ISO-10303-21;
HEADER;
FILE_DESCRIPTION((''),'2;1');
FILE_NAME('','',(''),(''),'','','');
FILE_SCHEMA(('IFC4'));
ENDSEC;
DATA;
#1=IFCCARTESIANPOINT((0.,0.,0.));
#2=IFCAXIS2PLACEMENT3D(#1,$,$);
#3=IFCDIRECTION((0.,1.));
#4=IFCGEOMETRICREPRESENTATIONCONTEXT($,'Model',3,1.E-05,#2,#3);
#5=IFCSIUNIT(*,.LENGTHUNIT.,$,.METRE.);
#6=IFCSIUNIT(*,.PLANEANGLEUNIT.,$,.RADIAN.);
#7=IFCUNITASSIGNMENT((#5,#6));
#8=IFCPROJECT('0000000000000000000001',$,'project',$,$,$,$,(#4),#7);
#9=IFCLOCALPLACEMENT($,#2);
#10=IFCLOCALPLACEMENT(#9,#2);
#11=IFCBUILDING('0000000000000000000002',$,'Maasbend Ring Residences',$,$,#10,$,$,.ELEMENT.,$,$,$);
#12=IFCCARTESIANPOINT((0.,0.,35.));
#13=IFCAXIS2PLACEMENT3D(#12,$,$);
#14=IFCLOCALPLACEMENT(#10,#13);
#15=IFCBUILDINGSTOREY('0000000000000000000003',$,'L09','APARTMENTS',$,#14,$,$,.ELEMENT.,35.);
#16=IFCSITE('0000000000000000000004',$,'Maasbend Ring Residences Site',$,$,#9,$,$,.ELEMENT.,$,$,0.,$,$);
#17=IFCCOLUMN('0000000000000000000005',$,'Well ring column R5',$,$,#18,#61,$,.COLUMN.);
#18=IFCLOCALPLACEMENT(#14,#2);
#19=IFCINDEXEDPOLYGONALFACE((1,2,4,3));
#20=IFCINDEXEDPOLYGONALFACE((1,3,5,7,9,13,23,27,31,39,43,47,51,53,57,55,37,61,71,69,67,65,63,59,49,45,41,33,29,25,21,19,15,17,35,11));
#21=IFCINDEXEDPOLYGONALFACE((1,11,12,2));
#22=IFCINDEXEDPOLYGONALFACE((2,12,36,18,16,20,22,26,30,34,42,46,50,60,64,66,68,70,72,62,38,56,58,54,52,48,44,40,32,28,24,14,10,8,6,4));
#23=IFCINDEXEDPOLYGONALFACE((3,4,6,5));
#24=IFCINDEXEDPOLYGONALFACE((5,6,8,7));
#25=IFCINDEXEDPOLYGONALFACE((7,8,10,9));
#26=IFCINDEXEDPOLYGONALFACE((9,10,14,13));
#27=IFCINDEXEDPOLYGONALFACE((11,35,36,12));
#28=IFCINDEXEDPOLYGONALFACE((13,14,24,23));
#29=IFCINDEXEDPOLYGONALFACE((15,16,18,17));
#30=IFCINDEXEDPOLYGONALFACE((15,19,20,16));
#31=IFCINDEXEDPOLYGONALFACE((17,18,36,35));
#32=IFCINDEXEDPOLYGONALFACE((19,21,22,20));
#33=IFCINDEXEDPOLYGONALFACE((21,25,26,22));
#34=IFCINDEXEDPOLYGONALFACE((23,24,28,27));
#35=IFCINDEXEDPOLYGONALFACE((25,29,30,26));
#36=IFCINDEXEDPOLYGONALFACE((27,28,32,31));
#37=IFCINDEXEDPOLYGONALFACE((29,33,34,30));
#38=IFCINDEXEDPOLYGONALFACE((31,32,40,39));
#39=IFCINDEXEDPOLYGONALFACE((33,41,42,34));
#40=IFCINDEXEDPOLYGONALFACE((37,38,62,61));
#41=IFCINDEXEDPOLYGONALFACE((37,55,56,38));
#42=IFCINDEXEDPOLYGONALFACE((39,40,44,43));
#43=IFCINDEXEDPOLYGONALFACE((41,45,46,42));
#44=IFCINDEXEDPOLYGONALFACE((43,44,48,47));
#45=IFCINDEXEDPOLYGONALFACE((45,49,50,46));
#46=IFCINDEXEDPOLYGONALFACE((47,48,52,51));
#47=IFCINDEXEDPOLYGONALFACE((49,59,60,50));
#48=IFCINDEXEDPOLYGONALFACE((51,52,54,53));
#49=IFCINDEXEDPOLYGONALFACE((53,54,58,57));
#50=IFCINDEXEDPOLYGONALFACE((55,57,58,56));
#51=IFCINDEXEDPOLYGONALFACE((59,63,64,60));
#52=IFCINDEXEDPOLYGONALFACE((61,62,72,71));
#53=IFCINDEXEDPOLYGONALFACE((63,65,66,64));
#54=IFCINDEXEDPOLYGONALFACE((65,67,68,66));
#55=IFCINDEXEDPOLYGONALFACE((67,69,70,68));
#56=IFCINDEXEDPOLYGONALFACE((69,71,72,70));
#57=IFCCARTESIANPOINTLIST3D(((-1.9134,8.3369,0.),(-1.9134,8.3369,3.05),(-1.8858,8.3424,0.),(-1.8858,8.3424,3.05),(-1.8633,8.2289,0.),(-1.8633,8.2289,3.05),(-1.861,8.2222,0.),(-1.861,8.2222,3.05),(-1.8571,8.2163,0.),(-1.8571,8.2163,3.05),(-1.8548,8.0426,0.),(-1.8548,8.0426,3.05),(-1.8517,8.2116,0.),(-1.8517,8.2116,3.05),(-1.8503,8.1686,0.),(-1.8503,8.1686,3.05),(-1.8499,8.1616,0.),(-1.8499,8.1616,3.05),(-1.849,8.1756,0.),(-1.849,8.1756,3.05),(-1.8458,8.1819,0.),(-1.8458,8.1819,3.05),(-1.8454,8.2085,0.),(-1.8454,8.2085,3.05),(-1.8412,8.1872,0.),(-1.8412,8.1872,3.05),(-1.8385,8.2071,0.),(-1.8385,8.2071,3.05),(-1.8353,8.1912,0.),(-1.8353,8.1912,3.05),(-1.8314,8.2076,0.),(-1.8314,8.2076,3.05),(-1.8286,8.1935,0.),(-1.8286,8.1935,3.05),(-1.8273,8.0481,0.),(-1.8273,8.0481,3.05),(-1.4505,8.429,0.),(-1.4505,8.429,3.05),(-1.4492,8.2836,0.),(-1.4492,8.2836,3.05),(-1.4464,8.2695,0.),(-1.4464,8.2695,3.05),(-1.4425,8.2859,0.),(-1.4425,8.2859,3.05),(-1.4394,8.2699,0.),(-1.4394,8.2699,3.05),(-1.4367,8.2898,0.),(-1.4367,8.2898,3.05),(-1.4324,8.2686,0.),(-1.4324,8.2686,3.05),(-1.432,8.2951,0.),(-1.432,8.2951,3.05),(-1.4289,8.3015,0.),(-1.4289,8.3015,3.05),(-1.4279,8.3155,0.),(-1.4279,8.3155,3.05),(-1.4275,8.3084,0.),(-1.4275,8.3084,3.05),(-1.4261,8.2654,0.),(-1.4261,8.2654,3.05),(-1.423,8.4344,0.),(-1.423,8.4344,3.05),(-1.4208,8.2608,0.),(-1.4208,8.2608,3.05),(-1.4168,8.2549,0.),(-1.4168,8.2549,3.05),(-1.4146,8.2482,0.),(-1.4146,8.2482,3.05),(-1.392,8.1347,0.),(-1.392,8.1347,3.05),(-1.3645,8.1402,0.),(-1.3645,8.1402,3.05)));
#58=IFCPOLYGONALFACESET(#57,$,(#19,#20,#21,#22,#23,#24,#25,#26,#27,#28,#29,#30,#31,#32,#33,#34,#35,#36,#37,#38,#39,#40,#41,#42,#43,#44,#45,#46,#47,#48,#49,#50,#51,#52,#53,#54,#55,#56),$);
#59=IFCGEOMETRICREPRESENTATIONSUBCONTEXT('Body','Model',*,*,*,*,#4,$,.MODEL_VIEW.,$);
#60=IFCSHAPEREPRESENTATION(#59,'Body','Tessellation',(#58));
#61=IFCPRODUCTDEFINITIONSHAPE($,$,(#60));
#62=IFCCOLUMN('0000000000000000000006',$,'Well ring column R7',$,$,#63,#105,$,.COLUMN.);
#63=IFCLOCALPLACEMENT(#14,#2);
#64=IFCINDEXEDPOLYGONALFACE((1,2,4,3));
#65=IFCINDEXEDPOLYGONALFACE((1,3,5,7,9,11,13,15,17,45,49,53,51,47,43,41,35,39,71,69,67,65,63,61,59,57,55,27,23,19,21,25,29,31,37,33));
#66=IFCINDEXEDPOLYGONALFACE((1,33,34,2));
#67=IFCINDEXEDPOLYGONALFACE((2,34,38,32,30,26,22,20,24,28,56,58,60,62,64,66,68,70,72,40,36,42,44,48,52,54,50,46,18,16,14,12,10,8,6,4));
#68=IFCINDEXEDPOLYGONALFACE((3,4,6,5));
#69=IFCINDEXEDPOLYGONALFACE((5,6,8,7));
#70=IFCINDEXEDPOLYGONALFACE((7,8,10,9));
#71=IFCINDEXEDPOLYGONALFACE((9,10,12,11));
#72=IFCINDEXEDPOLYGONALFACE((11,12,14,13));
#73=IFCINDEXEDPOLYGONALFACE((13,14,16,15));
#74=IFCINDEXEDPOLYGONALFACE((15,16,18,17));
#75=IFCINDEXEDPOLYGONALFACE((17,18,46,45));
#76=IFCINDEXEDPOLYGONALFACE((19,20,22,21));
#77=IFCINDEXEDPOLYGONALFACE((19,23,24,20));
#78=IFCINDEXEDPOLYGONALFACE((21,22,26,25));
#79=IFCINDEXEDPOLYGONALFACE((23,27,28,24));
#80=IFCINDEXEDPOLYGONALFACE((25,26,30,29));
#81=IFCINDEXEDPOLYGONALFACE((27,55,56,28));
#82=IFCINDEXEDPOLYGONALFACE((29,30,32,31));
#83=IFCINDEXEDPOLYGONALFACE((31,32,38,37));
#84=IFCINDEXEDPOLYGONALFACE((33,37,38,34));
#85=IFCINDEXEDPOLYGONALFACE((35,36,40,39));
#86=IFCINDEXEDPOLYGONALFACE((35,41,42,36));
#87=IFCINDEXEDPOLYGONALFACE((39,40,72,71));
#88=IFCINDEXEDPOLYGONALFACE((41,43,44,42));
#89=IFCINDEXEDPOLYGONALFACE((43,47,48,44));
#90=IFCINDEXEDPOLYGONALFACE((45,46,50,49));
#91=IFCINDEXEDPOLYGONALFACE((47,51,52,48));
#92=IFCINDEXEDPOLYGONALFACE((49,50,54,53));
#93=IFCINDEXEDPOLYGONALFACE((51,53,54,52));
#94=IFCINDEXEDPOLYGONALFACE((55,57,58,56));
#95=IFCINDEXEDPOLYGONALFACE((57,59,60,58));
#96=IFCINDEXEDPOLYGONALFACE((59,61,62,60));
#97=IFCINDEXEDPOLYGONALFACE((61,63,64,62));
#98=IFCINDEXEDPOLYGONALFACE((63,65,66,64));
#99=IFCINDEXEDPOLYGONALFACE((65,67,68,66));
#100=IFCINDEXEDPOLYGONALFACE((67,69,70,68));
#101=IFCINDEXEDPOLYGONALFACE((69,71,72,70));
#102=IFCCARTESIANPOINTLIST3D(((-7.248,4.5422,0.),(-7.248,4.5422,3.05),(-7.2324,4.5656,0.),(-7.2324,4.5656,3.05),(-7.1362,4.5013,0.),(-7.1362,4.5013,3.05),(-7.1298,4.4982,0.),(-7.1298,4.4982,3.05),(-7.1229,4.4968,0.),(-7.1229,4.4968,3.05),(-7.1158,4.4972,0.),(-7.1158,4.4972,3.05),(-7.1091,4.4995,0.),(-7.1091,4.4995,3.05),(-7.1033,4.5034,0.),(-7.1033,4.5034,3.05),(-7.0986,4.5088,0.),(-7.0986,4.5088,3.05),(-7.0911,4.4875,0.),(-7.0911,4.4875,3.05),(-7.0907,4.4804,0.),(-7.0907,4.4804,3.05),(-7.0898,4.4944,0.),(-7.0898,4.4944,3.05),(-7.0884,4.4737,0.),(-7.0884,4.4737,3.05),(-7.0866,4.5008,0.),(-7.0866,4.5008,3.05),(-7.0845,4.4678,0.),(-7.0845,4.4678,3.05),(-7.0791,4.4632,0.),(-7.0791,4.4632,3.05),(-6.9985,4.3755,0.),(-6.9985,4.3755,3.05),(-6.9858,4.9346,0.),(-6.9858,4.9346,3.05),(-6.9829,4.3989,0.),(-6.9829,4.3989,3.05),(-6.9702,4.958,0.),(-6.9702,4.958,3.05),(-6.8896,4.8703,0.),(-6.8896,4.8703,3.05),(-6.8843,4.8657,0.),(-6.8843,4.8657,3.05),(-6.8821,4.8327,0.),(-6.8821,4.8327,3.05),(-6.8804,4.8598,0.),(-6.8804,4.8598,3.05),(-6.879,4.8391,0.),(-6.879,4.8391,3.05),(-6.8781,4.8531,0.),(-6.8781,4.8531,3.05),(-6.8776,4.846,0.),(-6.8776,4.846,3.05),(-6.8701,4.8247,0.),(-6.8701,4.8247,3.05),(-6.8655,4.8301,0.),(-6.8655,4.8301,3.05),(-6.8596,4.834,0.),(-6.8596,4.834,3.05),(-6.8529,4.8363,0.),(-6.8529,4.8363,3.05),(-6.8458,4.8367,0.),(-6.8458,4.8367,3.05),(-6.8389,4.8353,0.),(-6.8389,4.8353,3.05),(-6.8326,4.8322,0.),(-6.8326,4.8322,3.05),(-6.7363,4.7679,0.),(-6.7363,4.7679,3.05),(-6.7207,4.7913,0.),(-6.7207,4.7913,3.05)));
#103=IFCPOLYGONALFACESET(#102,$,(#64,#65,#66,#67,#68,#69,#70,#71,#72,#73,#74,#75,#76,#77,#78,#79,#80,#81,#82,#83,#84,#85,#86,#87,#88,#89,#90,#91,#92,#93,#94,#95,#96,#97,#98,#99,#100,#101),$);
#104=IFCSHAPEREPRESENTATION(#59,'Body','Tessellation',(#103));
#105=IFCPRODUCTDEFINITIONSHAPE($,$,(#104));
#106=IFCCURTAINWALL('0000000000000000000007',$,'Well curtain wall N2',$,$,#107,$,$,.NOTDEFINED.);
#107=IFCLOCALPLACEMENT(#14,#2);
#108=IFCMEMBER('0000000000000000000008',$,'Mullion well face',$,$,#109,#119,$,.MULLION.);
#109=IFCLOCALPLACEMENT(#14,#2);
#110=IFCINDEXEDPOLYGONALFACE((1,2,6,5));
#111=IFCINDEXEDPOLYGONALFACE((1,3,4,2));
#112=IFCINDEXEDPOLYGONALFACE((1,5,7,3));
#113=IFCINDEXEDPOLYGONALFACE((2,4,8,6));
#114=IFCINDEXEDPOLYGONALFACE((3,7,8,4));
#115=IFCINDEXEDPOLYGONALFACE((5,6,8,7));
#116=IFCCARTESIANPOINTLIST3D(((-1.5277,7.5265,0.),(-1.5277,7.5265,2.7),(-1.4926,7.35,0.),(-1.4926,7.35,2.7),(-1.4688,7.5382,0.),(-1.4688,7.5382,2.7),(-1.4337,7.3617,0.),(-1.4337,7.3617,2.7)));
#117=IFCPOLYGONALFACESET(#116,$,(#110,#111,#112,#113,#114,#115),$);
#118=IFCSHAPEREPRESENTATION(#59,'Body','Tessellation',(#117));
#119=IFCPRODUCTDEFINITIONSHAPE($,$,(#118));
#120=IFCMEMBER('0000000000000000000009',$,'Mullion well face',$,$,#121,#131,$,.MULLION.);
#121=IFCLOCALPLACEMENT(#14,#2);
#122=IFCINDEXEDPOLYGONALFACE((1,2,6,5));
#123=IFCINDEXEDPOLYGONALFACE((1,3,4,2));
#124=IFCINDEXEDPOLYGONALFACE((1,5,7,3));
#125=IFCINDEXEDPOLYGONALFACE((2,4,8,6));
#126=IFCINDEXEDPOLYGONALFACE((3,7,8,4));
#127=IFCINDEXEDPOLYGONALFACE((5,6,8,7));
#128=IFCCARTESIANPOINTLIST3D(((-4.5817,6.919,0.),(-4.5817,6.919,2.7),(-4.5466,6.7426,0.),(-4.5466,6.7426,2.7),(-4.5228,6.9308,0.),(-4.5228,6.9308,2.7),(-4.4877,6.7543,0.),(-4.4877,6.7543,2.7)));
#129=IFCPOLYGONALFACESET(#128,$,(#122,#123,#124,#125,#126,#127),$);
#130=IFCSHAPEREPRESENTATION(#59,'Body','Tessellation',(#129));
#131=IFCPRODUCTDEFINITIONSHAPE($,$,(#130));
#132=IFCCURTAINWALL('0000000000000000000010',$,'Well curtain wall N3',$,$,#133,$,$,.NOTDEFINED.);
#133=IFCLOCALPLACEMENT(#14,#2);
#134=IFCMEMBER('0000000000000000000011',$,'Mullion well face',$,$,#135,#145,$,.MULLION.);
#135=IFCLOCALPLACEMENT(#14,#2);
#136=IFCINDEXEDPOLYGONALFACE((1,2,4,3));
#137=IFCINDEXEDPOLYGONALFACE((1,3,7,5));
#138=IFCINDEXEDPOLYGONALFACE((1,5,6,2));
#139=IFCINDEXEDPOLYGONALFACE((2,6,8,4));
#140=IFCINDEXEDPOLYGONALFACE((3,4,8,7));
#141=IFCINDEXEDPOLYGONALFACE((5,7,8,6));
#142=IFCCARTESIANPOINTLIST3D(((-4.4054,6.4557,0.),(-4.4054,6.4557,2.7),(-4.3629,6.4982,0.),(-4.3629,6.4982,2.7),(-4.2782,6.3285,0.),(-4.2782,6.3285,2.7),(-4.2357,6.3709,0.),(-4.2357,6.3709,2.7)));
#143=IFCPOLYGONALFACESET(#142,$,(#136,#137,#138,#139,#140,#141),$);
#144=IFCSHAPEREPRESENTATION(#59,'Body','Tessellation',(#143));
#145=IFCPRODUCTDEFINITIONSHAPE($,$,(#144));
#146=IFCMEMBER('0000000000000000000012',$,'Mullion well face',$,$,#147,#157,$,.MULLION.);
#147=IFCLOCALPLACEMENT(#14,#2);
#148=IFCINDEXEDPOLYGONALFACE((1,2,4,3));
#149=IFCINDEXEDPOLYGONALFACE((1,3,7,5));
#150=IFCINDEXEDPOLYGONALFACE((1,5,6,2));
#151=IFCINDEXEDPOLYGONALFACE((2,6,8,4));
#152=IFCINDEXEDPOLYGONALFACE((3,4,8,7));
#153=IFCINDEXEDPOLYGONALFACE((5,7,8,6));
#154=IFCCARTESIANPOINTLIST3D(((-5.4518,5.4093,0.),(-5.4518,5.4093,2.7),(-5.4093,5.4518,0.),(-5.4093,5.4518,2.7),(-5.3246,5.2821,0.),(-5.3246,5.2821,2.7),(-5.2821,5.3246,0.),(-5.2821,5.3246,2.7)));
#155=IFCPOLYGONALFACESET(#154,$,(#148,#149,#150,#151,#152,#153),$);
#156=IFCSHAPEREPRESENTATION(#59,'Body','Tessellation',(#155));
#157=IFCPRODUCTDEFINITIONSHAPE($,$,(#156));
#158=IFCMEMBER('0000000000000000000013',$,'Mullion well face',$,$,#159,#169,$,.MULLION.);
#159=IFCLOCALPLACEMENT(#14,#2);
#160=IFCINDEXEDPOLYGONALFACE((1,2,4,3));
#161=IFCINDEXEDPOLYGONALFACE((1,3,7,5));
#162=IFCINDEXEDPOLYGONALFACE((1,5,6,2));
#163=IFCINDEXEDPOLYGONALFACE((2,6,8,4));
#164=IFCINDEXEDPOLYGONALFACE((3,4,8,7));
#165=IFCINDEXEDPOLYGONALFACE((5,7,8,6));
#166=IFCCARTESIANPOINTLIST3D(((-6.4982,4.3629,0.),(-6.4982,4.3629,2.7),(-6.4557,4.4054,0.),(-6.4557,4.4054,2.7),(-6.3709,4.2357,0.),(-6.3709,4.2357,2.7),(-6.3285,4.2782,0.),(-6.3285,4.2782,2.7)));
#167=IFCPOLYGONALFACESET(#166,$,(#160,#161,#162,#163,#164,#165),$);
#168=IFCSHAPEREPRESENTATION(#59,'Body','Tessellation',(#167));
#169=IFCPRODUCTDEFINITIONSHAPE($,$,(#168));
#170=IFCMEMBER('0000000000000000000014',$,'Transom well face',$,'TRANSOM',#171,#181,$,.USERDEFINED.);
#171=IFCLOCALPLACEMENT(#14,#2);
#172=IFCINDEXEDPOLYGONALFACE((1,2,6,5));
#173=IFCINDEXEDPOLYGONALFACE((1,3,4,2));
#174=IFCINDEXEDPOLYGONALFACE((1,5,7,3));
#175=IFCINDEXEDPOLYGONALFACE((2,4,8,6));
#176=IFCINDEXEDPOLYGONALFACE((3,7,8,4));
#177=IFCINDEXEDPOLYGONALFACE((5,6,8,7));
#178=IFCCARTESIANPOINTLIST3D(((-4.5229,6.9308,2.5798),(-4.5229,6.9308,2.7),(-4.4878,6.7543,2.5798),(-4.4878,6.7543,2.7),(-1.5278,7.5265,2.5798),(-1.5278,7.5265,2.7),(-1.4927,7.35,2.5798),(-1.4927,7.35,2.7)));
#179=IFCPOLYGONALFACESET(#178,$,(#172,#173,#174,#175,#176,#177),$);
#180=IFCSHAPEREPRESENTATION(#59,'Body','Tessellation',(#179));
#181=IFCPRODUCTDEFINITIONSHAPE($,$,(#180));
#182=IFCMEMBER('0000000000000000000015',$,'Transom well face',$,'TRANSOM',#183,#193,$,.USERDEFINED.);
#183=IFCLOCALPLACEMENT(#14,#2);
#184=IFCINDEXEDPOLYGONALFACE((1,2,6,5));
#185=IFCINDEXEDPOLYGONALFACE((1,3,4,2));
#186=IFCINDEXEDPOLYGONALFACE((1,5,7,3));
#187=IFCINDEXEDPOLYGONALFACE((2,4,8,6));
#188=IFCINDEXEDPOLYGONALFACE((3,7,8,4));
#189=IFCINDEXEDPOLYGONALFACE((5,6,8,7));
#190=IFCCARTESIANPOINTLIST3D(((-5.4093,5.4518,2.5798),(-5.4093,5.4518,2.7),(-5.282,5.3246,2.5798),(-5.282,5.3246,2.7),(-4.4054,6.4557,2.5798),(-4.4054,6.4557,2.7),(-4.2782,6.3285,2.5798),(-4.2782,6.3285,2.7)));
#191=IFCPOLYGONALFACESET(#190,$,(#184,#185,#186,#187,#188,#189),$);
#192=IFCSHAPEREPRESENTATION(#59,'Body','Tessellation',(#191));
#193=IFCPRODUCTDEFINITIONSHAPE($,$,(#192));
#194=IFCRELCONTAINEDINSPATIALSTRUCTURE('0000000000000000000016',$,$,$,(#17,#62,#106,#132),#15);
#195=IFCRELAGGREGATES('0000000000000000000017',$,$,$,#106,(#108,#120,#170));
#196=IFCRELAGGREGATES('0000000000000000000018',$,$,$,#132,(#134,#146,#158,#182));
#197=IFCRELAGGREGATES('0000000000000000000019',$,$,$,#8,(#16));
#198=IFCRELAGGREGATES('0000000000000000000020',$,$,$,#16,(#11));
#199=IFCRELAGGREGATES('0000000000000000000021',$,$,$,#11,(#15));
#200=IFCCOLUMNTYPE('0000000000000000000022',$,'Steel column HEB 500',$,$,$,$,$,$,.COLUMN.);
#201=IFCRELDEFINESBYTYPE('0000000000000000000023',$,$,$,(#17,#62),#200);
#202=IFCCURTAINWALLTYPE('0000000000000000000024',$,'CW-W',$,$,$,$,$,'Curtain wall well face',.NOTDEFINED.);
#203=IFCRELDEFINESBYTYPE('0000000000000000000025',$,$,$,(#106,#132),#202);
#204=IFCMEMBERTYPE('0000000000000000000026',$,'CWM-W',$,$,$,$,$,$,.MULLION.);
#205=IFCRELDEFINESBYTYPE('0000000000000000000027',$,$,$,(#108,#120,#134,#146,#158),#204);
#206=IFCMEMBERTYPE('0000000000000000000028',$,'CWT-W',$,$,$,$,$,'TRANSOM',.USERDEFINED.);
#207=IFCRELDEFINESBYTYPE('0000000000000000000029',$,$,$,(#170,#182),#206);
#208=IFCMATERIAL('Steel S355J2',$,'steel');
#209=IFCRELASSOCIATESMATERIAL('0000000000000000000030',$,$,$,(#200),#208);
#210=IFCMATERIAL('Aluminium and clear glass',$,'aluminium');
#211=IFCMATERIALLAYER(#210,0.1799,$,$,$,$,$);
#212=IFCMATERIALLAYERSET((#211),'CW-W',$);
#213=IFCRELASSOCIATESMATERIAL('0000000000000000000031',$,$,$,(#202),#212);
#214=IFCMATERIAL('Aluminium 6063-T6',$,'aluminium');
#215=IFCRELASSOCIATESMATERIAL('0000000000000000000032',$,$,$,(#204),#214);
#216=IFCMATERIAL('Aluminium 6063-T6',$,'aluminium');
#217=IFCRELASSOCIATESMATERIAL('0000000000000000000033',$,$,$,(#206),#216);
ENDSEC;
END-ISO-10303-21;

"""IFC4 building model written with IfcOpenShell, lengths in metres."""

from ifc_helpers import new_model, si_unit, direction, frame, origin, origin_2d, place, context, subcontext, project, spatial, rectangle, i_section, extrude, material, layer, layer_set, material_profile, profile_set, type_object, element, aggregate, save


model = new_model("IFC4")

# Units and contexts
model_context = context("Model", 3, precision=1e-05, world=origin(), true_north=direction((0.0, 1.0)))
body_context = subcontext(model_context, "Body", "Model", "MODEL_VIEW")
ifc_project = project(units=[si_unit("LENGTHUNIT", "METRE"), si_unit("PLANEANGLEUNIT", "RADIAN")], contexts=[model_context])

# Site, building, storey
site_placement = place(None, origin())
site = spatial("IfcSite", under=ifc_project, at=site_placement, Name="Maasbend Ring Residences Site", CompositionType="ELEMENT", RefElevation=0.0)
building_placement = place(site_placement, origin())
building = spatial("IfcBuilding", under=site, at=building_placement, Name="Maasbend Ring Residences", CompositionType="ELEMENT")
storey_placement = place(building_placement, frame((0.0, 0.0, 35.0)))
storey = spatial("IfcBuildingStorey", under=building, at=storey_placement, Name="L09", Description="APARTMENTS", CompositionType="ELEMENT", Elevation=35.0)

# Columns
ifc_material_1 = material(Name="Steel S355J2", Category="steel")
ifc_material_profile_1 = material_profile(ifc_material_1, i_section(OverallWidth=0.3, OverallDepth=0.5, WebThickness=0.0144, FlangeThickness=0.0281, FilletRadius=0.0271, at=origin_2d()), Name="HEB 500")
ifc_profile_set_1 = profile_set([ifc_material_profile_1], Name="Steel S355J2")
column_type = type_object("IfcColumnType", Name="Steel column HEB 500", PredefinedType="COLUMN", material=ifc_profile_set_1)
for number, where, z_axis, x_axis, name in (
    (1, (-1.6389, 8.2385, 0.0), (0.0, 0.0, 1.0), (-0.19509, 0.980785, 0.0), "Well ring column R5"),
    (2, (-6.9844, 4.6667, 0.0), (0.0, 0.0, 1.0), (-0.83147, 0.55557, 0.0), "Well ring column R7"),
):
    element("IfcColumn", number, at=place(storey_placement, frame(where, z_axis=z_axis, x_axis=x_axis)), inside=storey, type_object=column_type, Name=name, PredefinedType="COLUMN", context=body_context, shape_type="SweptSolid", body=[
        extrude(i_section(OverallWidth=0.3, OverallDepth=0.5, WebThickness=0.0144, FlangeThickness=0.0281, FilletRadius=0.0271, at=origin_2d()), origin(), (0.0, 0.0, 1.0), 3.05),
    ])

# Curtain walls, members
ifc_material_2 = material(Name="Aluminium and clear glass", Category="aluminium")
ifc_layer_1 = layer(ifc_material_2, 0.1799)
ifc_layer_set_1 = layer_set([ifc_layer_1], Name="CW-W")
curtain_wall_type = type_object("IfcCurtainWallType", Name="CW-W", ElementType="Curtain wall well face", PredefinedType="NOTDEFINED", material=ifc_layer_set_1)
curtain_wall_1_placement = place(storey_placement, origin())
curtain_wall_1 = element("IfcCurtainWall", 3, at=curtain_wall_1_placement, inside=storey, type_object=curtain_wall_type, Name="Well curtain wall N2", PredefinedType="NOTDEFINED")
ifc_material_3 = material(Name="Aluminium 6063-T6", Category="aluminium")
ifc_material_profile_2 = material_profile(ifc_material_3, rectangle(XDim=0.1799, YDim=0.0601, at=origin_2d()), Name="AL 180x60")
ifc_profile_set_2 = profile_set([ifc_material_profile_2], Name="Aluminium 6063-T6")
member_type_1 = type_object("IfcMemberType", Name="CWM-W", PredefinedType="MULLION", material=ifc_profile_set_2)
member_1_placement = place(storey_placement, frame((-1.4807, 7.4441, 0.0), z_axis=(0.0, 0.0, 1.0), x_axis=(0.19509, -0.980785, 0.0)))
member_1 = element("IfcMember", 4, at=member_1_placement, type_object=member_type_1, Name="Mullion well face", PredefinedType="MULLION", context=body_context, shape_type="SweptSolid", body=[
    extrude(rectangle(XDim=0.1799, YDim=0.0601, at=origin_2d()), origin(), (0.0, 0.0, 1.0), 2.7),
])
member_2_placement = place(storey_placement, frame((-4.5347, 6.8367, 0.0), z_axis=(0.0, 0.0, 1.0), x_axis=(0.19509, -0.980785, 0.0)))
member_2 = element("IfcMember", 5, at=member_2_placement, type_object=member_type_1, Name="Mullion well face", PredefinedType="MULLION", context=body_context, shape_type="SweptSolid", body=[
    extrude(rectangle(XDim=0.1799, YDim=0.0601, at=origin_2d()), origin(), (0.0, 0.0, 1.0), 2.7),
])
curtain_wall_2_placement = place(storey_placement, origin())
curtain_wall_2 = element("IfcCurtainWall", 6, at=curtain_wall_2_placement, inside=storey, type_object=curtain_wall_type, Name="Well curtain wall N3", PredefinedType="NOTDEFINED")
member_3_placement = place(storey_placement, frame((-4.3206, 6.4133, 0.0), z_axis=(0.0, 0.0, 1.0), x_axis=(0.707107, -0.707107, 0.0)))
member_3 = element("IfcMember", 7, at=member_3_placement, type_object=member_type_1, Name="Mullion well face", PredefinedType="MULLION", context=body_context, shape_type="SweptSolid", body=[
    extrude(rectangle(XDim=0.1799, YDim=0.0601, at=origin_2d()), origin(), (0.0, 0.0, 1.0), 2.7),
])
member_4_placement = place(storey_placement, frame((-5.3669, 5.3669, 0.0), z_axis=(0.0, 0.0, 1.0), x_axis=(0.707107, -0.707107, 0.0)))
member_4 = element("IfcMember", 8, at=member_4_placement, type_object=member_type_1, Name="Mullion well face", PredefinedType="MULLION", context=body_context, shape_type="SweptSolid", body=[
    extrude(rectangle(XDim=0.1799, YDim=0.0601, at=origin_2d()), origin(), (0.0, 0.0, 1.0), 2.7),
])
member_5_placement = place(storey_placement, frame((-6.4133, 4.3206, 0.0), z_axis=(0.0, 0.0, 1.0), x_axis=(0.707107, -0.707107, 0.0)))
member_5 = element("IfcMember", 9, at=member_5_placement, type_object=member_type_1, Name="Mullion well face", PredefinedType="MULLION", context=body_context, shape_type="SweptSolid", body=[
    extrude(rectangle(XDim=0.1799, YDim=0.0601, at=origin_2d()), origin(), (0.0, 0.0, 1.0), 2.7),
])

# Members
ifc_material_4 = material(Name="Aluminium 6063-T6", Category="aluminium")
ifc_material_profile_3 = material_profile(ifc_material_4, rectangle(XDim=0.1799, YDim=0.1201, at=origin_2d()), Name="AL 180x120")
ifc_profile_set_3 = profile_set([ifc_material_profile_3], Name="Aluminium 6063-T6")
member_type_2 = type_object("IfcMemberType", Name="CWT-W", ElementType="TRANSOM", PredefinedType="USERDEFINED", material=ifc_profile_set_3)
member_6_placement = place(storey_placement, frame((-1.5103, 7.4382, 2.6399), z_axis=(-0.980789, -0.195071, 0.0), x_axis=(0.195071, -0.980789, 0.0)))
member_6 = element("IfcMember", 10, at=member_6_placement, type_object=member_type_2, Name="Transom well face", ObjectType="TRANSOM", PredefinedType="USERDEFINED", context=body_context, shape_type="SweptSolid", body=[
    extrude(rectangle(XDim=0.1799, YDim=0.1201, at=origin_2d()), origin(), (0.0, 0.0, 1.0), 3.0537),
])
member_7_placement = place(storey_placement, frame((-4.3418, 6.3921, 2.6399), z_axis=(-0.707107, -0.707107, 0.0), x_axis=(0.707107, -0.707107, 0.0)))
member_7 = element("IfcMember", 11, at=member_7_placement, type_object=member_type_2, Name="Transom well face", ObjectType="TRANSOM", PredefinedType="USERDEFINED", context=body_context, shape_type="SweptSolid", body=[
    extrude(rectangle(XDim=0.1799, YDim=0.1201, at=origin_2d()), origin(), (0.0, 0.0, 1.0), 1.4197),
])

aggregate(curtain_wall_1, [member_1, member_2, member_6])
aggregate(curtain_wall_2, [member_3, member_4, member_5, member_7])

save(model, "model.ifc")
